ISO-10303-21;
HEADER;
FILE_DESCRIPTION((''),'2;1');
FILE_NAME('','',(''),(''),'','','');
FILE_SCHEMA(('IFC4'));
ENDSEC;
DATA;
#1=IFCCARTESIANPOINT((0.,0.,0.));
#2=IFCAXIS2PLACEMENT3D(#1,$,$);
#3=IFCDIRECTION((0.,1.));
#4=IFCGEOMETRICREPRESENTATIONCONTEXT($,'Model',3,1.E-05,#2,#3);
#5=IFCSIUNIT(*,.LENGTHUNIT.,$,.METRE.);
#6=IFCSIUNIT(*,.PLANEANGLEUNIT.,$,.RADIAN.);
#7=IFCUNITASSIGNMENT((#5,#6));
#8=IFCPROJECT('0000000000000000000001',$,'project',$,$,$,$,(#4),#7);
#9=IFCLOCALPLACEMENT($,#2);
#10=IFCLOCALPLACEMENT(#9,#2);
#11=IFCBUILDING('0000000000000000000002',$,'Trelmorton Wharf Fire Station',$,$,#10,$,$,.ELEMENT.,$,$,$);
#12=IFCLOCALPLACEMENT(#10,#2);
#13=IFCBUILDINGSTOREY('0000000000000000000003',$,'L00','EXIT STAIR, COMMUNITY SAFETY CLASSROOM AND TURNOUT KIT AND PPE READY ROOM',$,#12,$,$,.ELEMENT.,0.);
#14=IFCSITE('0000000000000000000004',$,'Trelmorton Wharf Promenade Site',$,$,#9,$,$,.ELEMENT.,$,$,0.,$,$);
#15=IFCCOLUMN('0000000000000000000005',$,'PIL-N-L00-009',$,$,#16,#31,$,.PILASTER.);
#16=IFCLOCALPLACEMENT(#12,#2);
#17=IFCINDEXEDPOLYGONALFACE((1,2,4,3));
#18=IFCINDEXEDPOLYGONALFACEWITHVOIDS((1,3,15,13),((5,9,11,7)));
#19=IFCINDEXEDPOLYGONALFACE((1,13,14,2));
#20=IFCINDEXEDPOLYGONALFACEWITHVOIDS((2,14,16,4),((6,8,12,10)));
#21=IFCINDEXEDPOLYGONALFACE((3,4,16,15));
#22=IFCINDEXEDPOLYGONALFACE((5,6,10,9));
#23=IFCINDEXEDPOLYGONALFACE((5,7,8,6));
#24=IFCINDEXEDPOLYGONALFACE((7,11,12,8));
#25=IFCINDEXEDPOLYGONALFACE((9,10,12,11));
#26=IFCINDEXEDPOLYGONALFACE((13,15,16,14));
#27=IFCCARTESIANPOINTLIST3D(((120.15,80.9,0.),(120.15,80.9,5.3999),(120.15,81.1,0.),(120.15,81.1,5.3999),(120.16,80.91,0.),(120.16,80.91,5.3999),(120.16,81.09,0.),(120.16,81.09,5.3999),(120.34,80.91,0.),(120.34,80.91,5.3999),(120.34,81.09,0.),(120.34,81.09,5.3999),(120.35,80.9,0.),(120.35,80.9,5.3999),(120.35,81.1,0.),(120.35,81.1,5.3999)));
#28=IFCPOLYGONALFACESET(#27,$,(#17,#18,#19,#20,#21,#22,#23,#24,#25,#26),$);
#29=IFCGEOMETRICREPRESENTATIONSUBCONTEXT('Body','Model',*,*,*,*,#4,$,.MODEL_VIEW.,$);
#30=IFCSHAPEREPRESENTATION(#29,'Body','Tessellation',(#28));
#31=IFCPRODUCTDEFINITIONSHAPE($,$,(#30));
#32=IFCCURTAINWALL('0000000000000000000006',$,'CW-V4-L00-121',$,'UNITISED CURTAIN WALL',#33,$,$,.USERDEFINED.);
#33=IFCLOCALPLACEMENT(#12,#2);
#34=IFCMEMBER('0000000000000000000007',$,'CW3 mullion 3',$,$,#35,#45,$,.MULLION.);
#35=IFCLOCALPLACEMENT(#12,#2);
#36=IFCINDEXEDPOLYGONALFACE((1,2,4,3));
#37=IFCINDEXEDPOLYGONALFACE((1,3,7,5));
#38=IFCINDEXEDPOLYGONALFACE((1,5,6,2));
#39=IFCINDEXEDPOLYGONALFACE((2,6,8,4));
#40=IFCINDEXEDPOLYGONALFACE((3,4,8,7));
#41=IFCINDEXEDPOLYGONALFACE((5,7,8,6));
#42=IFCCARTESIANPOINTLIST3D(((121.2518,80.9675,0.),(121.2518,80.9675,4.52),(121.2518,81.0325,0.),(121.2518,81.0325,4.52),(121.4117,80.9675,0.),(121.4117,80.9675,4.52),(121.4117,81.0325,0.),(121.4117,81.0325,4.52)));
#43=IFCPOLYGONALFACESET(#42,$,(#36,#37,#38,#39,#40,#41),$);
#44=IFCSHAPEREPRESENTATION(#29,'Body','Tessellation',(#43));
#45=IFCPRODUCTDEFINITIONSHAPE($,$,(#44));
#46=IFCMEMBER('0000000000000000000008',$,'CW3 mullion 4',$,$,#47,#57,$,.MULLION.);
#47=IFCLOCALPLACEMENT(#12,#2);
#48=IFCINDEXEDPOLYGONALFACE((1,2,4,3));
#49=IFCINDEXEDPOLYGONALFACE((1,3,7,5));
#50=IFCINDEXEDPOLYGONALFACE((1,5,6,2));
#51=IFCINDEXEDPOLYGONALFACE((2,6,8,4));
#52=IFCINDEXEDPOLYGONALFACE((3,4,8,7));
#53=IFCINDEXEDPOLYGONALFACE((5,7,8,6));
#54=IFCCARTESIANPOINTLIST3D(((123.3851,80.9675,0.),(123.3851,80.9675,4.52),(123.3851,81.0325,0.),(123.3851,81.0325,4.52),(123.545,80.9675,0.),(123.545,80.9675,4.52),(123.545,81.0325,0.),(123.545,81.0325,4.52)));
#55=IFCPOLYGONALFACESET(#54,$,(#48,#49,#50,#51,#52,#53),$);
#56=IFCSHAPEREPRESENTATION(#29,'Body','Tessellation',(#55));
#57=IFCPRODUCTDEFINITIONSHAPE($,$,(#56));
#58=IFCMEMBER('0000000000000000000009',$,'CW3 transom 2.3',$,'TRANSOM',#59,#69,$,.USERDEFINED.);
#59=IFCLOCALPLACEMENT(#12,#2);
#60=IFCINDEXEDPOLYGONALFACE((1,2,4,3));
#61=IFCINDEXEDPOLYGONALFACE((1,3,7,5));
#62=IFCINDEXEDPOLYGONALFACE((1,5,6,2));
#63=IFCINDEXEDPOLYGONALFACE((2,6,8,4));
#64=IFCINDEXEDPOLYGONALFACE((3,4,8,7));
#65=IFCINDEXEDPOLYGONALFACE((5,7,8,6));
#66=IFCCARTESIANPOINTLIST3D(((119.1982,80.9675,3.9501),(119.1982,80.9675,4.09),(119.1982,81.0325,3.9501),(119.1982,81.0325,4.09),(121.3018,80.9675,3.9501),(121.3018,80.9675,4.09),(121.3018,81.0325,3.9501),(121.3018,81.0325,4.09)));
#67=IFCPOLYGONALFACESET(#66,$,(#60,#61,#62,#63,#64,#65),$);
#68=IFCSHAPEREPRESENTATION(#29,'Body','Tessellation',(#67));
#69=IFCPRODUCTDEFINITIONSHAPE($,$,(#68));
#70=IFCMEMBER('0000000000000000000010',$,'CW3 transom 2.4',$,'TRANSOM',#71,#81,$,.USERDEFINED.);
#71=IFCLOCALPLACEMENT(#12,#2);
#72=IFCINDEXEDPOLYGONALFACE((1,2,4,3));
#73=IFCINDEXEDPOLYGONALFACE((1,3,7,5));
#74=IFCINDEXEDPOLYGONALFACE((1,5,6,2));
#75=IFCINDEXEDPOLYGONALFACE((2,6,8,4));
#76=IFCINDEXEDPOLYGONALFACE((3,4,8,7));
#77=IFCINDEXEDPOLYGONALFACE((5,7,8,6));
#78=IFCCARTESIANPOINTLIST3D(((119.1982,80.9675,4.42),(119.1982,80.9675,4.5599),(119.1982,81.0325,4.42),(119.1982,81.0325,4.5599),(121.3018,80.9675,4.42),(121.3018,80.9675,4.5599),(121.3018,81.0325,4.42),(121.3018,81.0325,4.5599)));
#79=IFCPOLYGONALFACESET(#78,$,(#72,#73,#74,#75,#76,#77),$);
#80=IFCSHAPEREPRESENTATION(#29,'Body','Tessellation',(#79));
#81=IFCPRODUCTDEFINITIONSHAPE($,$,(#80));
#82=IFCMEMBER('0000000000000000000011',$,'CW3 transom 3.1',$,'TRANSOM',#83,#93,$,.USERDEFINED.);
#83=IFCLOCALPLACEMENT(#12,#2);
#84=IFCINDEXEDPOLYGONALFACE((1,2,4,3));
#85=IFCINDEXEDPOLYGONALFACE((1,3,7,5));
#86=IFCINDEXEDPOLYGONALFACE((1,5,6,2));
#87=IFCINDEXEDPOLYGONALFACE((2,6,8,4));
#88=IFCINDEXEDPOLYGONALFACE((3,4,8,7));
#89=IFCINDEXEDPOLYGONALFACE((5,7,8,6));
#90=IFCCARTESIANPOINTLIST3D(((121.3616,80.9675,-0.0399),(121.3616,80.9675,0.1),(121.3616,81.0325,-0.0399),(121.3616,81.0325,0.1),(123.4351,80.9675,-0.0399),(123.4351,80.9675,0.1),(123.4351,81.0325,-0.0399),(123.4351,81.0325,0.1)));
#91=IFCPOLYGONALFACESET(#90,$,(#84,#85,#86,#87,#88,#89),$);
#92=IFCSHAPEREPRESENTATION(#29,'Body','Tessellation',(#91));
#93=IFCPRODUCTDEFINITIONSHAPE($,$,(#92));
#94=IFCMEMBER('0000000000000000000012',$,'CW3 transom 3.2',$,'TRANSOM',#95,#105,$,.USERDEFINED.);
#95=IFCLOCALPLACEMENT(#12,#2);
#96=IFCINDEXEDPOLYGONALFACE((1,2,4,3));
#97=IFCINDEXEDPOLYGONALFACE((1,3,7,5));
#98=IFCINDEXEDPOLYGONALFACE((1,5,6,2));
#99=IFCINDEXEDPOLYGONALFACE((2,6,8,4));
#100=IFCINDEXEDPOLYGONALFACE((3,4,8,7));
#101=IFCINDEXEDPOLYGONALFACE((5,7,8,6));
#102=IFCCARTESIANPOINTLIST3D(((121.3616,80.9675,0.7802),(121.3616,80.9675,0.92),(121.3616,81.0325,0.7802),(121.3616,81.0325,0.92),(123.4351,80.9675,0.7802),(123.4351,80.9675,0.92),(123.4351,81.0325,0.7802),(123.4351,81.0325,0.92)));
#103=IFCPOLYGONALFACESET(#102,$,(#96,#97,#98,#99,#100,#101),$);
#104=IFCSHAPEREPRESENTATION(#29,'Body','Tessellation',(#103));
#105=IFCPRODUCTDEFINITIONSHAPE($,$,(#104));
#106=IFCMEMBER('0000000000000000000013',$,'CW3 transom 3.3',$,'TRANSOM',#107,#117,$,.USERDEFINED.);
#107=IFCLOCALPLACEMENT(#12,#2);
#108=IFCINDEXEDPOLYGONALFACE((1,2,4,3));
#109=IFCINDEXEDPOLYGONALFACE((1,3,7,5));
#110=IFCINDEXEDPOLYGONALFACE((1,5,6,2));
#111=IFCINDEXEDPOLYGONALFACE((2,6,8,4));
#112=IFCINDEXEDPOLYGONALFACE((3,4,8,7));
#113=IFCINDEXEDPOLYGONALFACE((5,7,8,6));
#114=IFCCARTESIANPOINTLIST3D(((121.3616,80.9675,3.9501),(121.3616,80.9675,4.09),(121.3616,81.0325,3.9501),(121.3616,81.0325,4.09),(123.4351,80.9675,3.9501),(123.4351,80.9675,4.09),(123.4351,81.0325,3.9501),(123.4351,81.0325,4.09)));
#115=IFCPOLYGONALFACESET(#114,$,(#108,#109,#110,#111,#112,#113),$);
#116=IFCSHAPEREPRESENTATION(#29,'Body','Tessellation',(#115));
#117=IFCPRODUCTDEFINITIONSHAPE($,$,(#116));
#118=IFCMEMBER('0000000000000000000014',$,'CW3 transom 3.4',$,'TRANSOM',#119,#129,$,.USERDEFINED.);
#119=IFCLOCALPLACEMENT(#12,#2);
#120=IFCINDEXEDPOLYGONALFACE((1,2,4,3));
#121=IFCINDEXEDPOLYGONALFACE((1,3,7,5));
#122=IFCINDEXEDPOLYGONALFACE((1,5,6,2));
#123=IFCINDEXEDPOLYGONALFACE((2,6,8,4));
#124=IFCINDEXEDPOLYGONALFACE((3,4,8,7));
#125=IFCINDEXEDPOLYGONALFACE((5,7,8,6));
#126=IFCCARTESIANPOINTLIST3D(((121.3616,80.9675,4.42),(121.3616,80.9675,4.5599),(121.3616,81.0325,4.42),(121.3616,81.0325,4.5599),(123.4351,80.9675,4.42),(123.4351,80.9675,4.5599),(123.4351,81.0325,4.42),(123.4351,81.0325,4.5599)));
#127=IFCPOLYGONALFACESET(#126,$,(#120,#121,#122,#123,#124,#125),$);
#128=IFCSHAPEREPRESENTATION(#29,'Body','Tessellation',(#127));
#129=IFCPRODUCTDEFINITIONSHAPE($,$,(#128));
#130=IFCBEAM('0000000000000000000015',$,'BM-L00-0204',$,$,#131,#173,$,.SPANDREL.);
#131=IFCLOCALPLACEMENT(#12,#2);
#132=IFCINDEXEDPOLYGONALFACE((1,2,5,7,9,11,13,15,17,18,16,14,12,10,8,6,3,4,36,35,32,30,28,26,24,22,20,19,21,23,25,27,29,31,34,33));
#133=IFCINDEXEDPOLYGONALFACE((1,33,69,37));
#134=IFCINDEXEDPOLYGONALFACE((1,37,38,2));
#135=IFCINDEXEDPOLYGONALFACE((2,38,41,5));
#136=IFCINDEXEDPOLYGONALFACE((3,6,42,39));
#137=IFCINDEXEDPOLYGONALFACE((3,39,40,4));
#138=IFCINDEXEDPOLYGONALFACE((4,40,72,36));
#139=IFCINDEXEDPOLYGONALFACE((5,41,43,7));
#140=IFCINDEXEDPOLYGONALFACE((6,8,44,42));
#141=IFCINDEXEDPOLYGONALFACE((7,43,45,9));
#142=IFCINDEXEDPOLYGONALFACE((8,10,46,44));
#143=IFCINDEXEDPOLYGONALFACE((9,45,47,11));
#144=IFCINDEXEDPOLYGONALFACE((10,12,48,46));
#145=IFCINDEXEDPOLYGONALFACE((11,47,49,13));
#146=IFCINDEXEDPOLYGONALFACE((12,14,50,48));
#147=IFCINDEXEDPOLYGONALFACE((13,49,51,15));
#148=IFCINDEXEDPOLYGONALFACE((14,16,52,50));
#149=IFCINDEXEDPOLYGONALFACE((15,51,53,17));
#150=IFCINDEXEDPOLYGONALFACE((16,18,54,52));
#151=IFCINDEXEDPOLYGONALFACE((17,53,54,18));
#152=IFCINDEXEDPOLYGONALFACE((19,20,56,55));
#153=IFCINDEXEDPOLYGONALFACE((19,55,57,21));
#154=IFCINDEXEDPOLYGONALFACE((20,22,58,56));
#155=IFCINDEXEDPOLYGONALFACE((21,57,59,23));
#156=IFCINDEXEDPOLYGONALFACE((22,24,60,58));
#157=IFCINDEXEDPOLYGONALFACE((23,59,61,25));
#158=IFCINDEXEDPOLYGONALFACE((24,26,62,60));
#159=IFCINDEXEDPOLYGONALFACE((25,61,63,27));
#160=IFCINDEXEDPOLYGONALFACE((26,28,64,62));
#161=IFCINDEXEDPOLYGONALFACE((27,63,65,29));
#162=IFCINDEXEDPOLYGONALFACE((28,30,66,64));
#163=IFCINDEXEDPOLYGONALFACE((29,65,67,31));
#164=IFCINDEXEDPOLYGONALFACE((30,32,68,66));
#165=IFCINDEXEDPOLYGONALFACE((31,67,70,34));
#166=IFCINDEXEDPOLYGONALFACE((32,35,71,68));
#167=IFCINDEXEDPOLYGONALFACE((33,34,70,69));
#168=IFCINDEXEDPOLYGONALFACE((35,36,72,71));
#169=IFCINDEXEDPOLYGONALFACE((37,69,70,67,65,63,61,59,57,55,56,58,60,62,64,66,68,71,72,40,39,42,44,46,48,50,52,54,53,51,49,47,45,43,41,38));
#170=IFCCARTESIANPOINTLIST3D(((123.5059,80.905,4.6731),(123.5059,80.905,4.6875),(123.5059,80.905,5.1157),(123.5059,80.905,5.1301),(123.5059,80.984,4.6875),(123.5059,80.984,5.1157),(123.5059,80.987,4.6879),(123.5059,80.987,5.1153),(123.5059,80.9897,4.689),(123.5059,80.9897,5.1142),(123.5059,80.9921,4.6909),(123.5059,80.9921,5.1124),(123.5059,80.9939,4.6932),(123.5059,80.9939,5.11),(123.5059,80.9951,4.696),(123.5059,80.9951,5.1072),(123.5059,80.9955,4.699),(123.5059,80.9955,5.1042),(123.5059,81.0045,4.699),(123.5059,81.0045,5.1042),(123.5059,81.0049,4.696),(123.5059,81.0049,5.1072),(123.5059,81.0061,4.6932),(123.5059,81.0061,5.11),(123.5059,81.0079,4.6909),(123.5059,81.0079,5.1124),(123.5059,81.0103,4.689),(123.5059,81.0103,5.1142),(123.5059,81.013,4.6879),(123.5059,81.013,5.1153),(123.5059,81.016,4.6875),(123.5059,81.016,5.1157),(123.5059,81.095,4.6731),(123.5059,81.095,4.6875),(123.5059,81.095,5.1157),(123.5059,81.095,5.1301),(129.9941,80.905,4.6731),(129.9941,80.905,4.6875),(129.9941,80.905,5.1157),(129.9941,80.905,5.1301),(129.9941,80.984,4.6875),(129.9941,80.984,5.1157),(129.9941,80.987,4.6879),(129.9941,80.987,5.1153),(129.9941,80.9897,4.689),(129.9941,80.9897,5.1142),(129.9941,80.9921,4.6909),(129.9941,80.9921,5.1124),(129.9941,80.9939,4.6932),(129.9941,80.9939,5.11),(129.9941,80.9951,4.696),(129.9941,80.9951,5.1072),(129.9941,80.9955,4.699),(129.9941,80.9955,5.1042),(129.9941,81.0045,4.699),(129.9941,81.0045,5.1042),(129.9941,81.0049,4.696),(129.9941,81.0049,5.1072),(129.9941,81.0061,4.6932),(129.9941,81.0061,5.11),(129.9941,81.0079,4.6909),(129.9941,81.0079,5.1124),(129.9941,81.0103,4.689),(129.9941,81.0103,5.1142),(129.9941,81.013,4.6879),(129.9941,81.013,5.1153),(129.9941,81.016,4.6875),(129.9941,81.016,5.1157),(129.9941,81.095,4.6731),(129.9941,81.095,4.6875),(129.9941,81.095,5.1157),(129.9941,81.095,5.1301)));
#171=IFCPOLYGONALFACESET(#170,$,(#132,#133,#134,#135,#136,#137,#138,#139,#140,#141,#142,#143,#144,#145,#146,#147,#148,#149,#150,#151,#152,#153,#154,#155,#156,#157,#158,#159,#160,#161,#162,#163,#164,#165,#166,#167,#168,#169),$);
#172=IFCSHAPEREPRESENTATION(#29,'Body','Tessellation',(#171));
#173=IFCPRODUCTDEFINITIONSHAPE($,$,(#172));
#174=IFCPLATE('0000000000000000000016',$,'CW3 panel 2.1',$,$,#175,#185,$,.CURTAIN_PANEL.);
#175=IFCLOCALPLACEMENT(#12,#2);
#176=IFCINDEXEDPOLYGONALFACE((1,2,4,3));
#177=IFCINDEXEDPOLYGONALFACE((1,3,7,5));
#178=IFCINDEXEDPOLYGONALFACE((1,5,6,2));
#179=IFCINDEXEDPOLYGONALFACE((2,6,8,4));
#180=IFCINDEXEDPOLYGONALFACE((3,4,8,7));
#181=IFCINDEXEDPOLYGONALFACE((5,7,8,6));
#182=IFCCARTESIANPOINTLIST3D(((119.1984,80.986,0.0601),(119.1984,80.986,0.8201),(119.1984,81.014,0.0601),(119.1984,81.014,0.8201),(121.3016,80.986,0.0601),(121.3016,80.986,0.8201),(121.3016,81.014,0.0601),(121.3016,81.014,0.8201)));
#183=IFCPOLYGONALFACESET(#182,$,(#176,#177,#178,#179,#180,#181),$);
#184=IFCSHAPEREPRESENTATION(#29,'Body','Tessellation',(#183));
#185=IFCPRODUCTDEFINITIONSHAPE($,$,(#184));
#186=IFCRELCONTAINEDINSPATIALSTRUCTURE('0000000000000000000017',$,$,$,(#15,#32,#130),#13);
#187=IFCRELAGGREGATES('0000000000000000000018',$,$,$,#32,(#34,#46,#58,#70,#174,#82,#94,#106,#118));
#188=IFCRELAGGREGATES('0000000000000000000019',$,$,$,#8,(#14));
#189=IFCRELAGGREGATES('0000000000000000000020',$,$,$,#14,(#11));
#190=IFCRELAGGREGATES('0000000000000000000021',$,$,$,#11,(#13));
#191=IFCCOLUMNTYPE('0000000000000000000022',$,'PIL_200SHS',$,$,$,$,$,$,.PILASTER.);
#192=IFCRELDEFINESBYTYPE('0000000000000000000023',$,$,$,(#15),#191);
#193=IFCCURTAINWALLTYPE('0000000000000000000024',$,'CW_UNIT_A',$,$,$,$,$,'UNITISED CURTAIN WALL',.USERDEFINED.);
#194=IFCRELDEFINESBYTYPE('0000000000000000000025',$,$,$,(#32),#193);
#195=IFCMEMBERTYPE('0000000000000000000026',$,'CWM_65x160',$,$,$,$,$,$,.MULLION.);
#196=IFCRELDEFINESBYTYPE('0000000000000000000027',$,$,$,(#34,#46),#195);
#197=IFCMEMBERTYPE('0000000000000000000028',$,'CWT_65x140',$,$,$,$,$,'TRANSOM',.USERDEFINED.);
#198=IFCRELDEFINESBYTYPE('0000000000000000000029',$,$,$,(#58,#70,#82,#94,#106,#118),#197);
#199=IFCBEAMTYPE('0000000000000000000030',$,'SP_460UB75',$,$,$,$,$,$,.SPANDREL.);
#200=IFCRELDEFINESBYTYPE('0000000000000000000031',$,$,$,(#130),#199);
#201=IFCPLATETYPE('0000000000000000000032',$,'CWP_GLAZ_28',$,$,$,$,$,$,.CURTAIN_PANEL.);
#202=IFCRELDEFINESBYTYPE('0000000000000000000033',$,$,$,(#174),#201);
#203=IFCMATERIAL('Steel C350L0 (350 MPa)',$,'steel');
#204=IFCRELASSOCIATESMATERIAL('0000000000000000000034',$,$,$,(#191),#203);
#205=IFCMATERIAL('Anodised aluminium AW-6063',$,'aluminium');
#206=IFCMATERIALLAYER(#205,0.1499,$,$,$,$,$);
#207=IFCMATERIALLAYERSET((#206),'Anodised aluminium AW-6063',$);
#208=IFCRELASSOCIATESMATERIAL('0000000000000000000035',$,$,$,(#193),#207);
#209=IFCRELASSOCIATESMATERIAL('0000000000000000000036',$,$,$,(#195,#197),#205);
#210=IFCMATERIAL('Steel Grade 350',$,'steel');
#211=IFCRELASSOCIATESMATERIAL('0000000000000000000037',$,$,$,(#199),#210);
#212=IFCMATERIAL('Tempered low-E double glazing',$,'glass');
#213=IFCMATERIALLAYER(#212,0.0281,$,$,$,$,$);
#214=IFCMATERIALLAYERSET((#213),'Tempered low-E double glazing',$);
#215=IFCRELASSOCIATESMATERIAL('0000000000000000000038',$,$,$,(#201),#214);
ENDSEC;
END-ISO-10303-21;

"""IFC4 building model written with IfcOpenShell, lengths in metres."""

from ifc_helpers import new_model, si_unit, direction, frame, origin, origin_2d, place, context, subcontext, project, spatial, rectangle, hollow_rectangle, i_section, extrude, material, layer, layer_set, material_profile, profile_set, type_object, element, aggregate, save


model = new_model("IFC4")

# Units and contexts
model_context = context("Model", 3, precision=1e-05, world=origin(), true_north=direction((0.0, 1.0)))
body_context = subcontext(model_context, "Body", "Model", "MODEL_VIEW")
ifc_project = project(units=[si_unit("LENGTHUNIT", "METRE"), si_unit("PLANEANGLEUNIT", "RADIAN")], contexts=[model_context])

# Site, building, storey
site_placement = place(None, origin())
site = spatial("IfcSite", under=ifc_project, at=site_placement, Name="Trelmorton Wharf Promenade Site", CompositionType="ELEMENT", RefElevation=0.0)
building_placement = place(site_placement, origin())
building = spatial("IfcBuilding", under=site, at=building_placement, Name="Trelmorton Wharf Fire Station", CompositionType="ELEMENT")
storey_placement = place(building_placement, origin())
storey = spatial("IfcBuildingStorey", under=building, at=storey_placement, Name="L00", Description="EXIT STAIR, COMMUNITY SAFETY CLASSROOM AND TURNOUT KIT AND PPE READY ROOM", CompositionType="ELEMENT", Elevation=0.0)

# Column
ifc_material_1 = material(Name="Steel Grade 350", Category="steel")
ifc_material_2 = material(Name="Steel C350L0 (350 MPa)", Category="steel")
ifc_material_profile_1 = material_profile(ifc_material_2, hollow_rectangle(XDim=0.2, YDim=0.2, WallThickness=0.01, at=origin_2d()), Name="200x200x10.0SHS")
ifc_profile_set_1 = profile_set([ifc_material_profile_1], Name="Steel C350L0 (350 MPa)")
column_type_1 = type_object("IfcColumnType", Name="PIL_200SHS", PredefinedType="PILASTER", material=ifc_profile_set_1)
column_1_placement = place(storey_placement, frame((120.25, 81.0, 0.0), z_axis=(0.0, 0.0, 1.0), x_axis=(1.0, 0.0, 0.0)))
element("IfcColumn", 1, at=column_1_placement, inside=storey, type_object=column_type_1, Name="PIL-N-L00-009", PredefinedType="PILASTER", context=body_context, shape_type="SweptSolid", body=[
    extrude(hollow_rectangle(XDim=0.2, YDim=0.2, WallThickness=0.01, at=origin_2d()), origin(), (0.0, 0.0, 1.0), 5.3999),
])

# Curtain wall, members
ifc_material_3 = material(Name="Anodised aluminium AW-6063", Category="aluminium")
ifc_layer_1 = layer(ifc_material_3, 0.1499)
ifc_layer_set_1 = layer_set([ifc_layer_1], Name="Anodised aluminium AW-6063")
curtain_wall_type = type_object("IfcCurtainWallType", Name="CW_UNIT_A", ElementType="UNITISED CURTAIN WALL", PredefinedType="USERDEFINED", material=ifc_layer_set_1)
curtain_wall_placement = place(storey_placement, origin())
curtain_wall = element("IfcCurtainWall", 2, at=curtain_wall_placement, inside=storey, type_object=curtain_wall_type, Name="CW-V4-L00-121", ObjectType="UNITISED CURTAIN WALL", PredefinedType="USERDEFINED")
ifc_material_profile_2 = material_profile(ifc_material_3, rectangle(XDim=0.0649, YDim=0.1599, at=origin_2d()), Name="ALU-65x160")
ifc_profile_set_2 = profile_set([ifc_material_profile_2], Name="Anodised aluminium AW-6063")
member_type_1 = type_object("IfcMemberType", Name="CWM_65x160", PredefinedType="MULLION", material=ifc_profile_set_2)
member_1_placement = place(storey_placement, frame((121.3318, 81.0, 0.0), z_axis=(0.0, 0.0, 1.0), x_axis=(0.0, 1.0, 0.0)))
member_1 = element("IfcMember", 3, at=member_1_placement, type_object=member_type_1, Name="CW3 mullion 3", PredefinedType="MULLION", context=body_context, shape_type="SweptSolid", body=[
    extrude(rectangle(XDim=0.0649, YDim=0.1599, at=origin_2d()), origin(), (0.0, 0.0, 1.0), 4.52),
])
member_2_placement = place(storey_placement, frame((123.4651, 81.0, 0.0), z_axis=(0.0, 0.0, 1.0), x_axis=(0.0, 1.0, 0.0)))
member_2 = element("IfcMember", 4, at=member_2_placement, type_object=member_type_1, Name="CW3 mullion 4", PredefinedType="MULLION", context=body_context, shape_type="SweptSolid", body=[
    extrude(rectangle(XDim=0.0649, YDim=0.1599, at=origin_2d()), origin(), (0.0, 0.0, 1.0), 4.52),
])
ifc_material_profile_3 = material_profile(ifc_material_3, rectangle(XDim=0.0649, YDim=0.1399, at=origin_2d()), Name="ALU-65x140")
ifc_profile_set_3 = profile_set([ifc_material_profile_3], Name="Anodised aluminium AW-6063")
member_type_2 = type_object("IfcMemberType", Name="CWT_65x140", ElementType="TRANSOM", PredefinedType="USERDEFINED", material=ifc_profile_set_3)
member_3_placement = place(storey_placement, frame((119.1982, 81.0, 4.02), z_axis=(1.0, 0.0, 0.0), x_axis=(0.0, 1.0, 0.0)))
member_3 = element("IfcMember", 5, at=member_3_placement, type_object=member_type_2, Name="CW3 transom 2.3", ObjectType="TRANSOM", PredefinedType="USERDEFINED", context=body_context, shape_type="SweptSolid", body=[
    extrude(rectangle(XDim=0.0649, YDim=0.1399, at=origin_2d()), origin(), (0.0, 0.0, 1.0), 2.1035),
])
member_4_placement = place(storey_placement, frame((119.1982, 81.0, 4.49), z_axis=(1.0, 0.0, 0.0), x_axis=(0.0, 1.0, 0.0)))
member_4 = element("IfcMember", 6, at=member_4_placement, type_object=member_type_2, Name="CW3 transom 2.4", ObjectType="TRANSOM", PredefinedType="USERDEFINED", context=body_context, shape_type="SweptSolid", body=[
    extrude(rectangle(XDim=0.0649, YDim=0.1399, at=origin_2d()), origin(), (0.0, 0.0, 1.0), 2.1035),
])
member_5_placement = place(storey_placement, frame((121.3616, 81.0, 0.03), z_axis=(1.0, 0.0, 0.0), x_axis=(0.0, 1.0, 0.0)))
member_5 = element("IfcMember", 7, at=member_5_placement, type_object=member_type_2, Name="CW3 transom 3.1", ObjectType="TRANSOM", PredefinedType="USERDEFINED", context=body_context, shape_type="SweptSolid", body=[
    extrude(rectangle(XDim=0.0649, YDim=0.1399, at=origin_2d()), origin(), (0.0, 0.0, 1.0), 2.0735),
])
member_6_placement = place(storey_placement, frame((121.3616, 81.0, 0.8501), z_axis=(1.0, 0.0, 0.0), x_axis=(0.0, 1.0, 0.0)))
member_6 = element("IfcMember", 8, at=member_6_placement, type_object=member_type_2, Name="CW3 transom 3.2", ObjectType="TRANSOM", PredefinedType="USERDEFINED", context=body_context, shape_type="SweptSolid", body=[
    extrude(rectangle(XDim=0.0649, YDim=0.1399, at=origin_2d()), origin(), (0.0, 0.0, 1.0), 2.0735),
])
member_7_placement = place(storey_placement, frame((121.3616, 81.0, 4.02), z_axis=(1.0, 0.0, 0.0), x_axis=(0.0, 1.0, 0.0)))
member_7 = element("IfcMember", 9, at=member_7_placement, type_object=member_type_2, Name="CW3 transom 3.3", ObjectType="TRANSOM", PredefinedType="USERDEFINED", context=body_context, shape_type="SweptSolid", body=[
    extrude(rectangle(XDim=0.0649, YDim=0.1399, at=origin_2d()), origin(), (0.0, 0.0, 1.0), 2.0735),
])
member_8_placement = place(storey_placement, frame((121.3616, 81.0, 4.49), z_axis=(1.0, 0.0, 0.0), x_axis=(0.0, 1.0, 0.0)))
member_8 = element("IfcMember", 10, at=member_8_placement, type_object=member_type_2, Name="CW3 transom 3.4", ObjectType="TRANSOM", PredefinedType="USERDEFINED", context=body_context, shape_type="SweptSolid", body=[
    extrude(rectangle(XDim=0.0649, YDim=0.1399, at=origin_2d()), origin(), (0.0, 0.0, 1.0), 2.0735),
])

# Beam
ifc_material_profile_4 = material_profile(ifc_material_1, i_section(OverallWidth=0.1899, OverallDepth=0.457, WebThickness=0.009, FlangeThickness=0.0144, FilletRadius=0.0115, at=origin_2d()), Name="460UB74.6")
ifc_profile_set_4 = profile_set([ifc_material_profile_4], Name="Steel Grade 350")
beam_type = type_object("IfcBeamType", Name="SP_460UB75", PredefinedType="SPANDREL", material=ifc_profile_set_4)
beam_placement = place(storey_placement, frame((123.5059, 81.0, 4.9016), z_axis=(1.0, 0.0, 0.0), x_axis=(0.0, 1.0, 0.0)))
element("IfcBeam", 11, at=beam_placement, inside=storey, type_object=beam_type, Name="BM-L00-0204", PredefinedType="SPANDREL", context=body_context, shape_type="SweptSolid", body=[
    extrude(i_section(OverallWidth=0.1899, OverallDepth=0.457, WebThickness=0.009, FlangeThickness=0.0144, FilletRadius=0.0115, at=origin_2d()), origin(), (0.0, 0.0, 1.0), 6.4883),
])

# Plate
ifc_material_4 = material(Name="Tempered low-E double glazing", Category="glass")
ifc_layer_2 = layer(ifc_material_4, 0.0281)
ifc_layer_set_2 = layer_set([ifc_layer_2], Name="Tempered low-E double glazing")
plate_type_1 = type_object("IfcPlateType", Name="CWP_GLAZ_28", PredefinedType="CURTAIN_PANEL", material=ifc_layer_set_2)
plate_1_placement = place(storey_placement, frame((120.25, 81.0, 0.0601), z_axis=(0.0, 0.0, 1.0), x_axis=(1.0, 0.0, 0.0)))
plate_1 = element("IfcPlate", 12, at=plate_1_placement, type_object=plate_type_1, Name="CW3 panel 2.1", PredefinedType="CURTAIN_PANEL", context=body_context, shape_type="SweptSolid", body=[
    extrude(rectangle(XDim=2.1033, YDim=0.0281, at=origin_2d()), origin(), (0.0, 0.0, 1.0), 0.76),
])
aggregate(curtain_wall, [member_1, member_2, member_3, member_4, plate_1, member_5, member_6, member_7, member_8])

save(model, "model.ifc")
